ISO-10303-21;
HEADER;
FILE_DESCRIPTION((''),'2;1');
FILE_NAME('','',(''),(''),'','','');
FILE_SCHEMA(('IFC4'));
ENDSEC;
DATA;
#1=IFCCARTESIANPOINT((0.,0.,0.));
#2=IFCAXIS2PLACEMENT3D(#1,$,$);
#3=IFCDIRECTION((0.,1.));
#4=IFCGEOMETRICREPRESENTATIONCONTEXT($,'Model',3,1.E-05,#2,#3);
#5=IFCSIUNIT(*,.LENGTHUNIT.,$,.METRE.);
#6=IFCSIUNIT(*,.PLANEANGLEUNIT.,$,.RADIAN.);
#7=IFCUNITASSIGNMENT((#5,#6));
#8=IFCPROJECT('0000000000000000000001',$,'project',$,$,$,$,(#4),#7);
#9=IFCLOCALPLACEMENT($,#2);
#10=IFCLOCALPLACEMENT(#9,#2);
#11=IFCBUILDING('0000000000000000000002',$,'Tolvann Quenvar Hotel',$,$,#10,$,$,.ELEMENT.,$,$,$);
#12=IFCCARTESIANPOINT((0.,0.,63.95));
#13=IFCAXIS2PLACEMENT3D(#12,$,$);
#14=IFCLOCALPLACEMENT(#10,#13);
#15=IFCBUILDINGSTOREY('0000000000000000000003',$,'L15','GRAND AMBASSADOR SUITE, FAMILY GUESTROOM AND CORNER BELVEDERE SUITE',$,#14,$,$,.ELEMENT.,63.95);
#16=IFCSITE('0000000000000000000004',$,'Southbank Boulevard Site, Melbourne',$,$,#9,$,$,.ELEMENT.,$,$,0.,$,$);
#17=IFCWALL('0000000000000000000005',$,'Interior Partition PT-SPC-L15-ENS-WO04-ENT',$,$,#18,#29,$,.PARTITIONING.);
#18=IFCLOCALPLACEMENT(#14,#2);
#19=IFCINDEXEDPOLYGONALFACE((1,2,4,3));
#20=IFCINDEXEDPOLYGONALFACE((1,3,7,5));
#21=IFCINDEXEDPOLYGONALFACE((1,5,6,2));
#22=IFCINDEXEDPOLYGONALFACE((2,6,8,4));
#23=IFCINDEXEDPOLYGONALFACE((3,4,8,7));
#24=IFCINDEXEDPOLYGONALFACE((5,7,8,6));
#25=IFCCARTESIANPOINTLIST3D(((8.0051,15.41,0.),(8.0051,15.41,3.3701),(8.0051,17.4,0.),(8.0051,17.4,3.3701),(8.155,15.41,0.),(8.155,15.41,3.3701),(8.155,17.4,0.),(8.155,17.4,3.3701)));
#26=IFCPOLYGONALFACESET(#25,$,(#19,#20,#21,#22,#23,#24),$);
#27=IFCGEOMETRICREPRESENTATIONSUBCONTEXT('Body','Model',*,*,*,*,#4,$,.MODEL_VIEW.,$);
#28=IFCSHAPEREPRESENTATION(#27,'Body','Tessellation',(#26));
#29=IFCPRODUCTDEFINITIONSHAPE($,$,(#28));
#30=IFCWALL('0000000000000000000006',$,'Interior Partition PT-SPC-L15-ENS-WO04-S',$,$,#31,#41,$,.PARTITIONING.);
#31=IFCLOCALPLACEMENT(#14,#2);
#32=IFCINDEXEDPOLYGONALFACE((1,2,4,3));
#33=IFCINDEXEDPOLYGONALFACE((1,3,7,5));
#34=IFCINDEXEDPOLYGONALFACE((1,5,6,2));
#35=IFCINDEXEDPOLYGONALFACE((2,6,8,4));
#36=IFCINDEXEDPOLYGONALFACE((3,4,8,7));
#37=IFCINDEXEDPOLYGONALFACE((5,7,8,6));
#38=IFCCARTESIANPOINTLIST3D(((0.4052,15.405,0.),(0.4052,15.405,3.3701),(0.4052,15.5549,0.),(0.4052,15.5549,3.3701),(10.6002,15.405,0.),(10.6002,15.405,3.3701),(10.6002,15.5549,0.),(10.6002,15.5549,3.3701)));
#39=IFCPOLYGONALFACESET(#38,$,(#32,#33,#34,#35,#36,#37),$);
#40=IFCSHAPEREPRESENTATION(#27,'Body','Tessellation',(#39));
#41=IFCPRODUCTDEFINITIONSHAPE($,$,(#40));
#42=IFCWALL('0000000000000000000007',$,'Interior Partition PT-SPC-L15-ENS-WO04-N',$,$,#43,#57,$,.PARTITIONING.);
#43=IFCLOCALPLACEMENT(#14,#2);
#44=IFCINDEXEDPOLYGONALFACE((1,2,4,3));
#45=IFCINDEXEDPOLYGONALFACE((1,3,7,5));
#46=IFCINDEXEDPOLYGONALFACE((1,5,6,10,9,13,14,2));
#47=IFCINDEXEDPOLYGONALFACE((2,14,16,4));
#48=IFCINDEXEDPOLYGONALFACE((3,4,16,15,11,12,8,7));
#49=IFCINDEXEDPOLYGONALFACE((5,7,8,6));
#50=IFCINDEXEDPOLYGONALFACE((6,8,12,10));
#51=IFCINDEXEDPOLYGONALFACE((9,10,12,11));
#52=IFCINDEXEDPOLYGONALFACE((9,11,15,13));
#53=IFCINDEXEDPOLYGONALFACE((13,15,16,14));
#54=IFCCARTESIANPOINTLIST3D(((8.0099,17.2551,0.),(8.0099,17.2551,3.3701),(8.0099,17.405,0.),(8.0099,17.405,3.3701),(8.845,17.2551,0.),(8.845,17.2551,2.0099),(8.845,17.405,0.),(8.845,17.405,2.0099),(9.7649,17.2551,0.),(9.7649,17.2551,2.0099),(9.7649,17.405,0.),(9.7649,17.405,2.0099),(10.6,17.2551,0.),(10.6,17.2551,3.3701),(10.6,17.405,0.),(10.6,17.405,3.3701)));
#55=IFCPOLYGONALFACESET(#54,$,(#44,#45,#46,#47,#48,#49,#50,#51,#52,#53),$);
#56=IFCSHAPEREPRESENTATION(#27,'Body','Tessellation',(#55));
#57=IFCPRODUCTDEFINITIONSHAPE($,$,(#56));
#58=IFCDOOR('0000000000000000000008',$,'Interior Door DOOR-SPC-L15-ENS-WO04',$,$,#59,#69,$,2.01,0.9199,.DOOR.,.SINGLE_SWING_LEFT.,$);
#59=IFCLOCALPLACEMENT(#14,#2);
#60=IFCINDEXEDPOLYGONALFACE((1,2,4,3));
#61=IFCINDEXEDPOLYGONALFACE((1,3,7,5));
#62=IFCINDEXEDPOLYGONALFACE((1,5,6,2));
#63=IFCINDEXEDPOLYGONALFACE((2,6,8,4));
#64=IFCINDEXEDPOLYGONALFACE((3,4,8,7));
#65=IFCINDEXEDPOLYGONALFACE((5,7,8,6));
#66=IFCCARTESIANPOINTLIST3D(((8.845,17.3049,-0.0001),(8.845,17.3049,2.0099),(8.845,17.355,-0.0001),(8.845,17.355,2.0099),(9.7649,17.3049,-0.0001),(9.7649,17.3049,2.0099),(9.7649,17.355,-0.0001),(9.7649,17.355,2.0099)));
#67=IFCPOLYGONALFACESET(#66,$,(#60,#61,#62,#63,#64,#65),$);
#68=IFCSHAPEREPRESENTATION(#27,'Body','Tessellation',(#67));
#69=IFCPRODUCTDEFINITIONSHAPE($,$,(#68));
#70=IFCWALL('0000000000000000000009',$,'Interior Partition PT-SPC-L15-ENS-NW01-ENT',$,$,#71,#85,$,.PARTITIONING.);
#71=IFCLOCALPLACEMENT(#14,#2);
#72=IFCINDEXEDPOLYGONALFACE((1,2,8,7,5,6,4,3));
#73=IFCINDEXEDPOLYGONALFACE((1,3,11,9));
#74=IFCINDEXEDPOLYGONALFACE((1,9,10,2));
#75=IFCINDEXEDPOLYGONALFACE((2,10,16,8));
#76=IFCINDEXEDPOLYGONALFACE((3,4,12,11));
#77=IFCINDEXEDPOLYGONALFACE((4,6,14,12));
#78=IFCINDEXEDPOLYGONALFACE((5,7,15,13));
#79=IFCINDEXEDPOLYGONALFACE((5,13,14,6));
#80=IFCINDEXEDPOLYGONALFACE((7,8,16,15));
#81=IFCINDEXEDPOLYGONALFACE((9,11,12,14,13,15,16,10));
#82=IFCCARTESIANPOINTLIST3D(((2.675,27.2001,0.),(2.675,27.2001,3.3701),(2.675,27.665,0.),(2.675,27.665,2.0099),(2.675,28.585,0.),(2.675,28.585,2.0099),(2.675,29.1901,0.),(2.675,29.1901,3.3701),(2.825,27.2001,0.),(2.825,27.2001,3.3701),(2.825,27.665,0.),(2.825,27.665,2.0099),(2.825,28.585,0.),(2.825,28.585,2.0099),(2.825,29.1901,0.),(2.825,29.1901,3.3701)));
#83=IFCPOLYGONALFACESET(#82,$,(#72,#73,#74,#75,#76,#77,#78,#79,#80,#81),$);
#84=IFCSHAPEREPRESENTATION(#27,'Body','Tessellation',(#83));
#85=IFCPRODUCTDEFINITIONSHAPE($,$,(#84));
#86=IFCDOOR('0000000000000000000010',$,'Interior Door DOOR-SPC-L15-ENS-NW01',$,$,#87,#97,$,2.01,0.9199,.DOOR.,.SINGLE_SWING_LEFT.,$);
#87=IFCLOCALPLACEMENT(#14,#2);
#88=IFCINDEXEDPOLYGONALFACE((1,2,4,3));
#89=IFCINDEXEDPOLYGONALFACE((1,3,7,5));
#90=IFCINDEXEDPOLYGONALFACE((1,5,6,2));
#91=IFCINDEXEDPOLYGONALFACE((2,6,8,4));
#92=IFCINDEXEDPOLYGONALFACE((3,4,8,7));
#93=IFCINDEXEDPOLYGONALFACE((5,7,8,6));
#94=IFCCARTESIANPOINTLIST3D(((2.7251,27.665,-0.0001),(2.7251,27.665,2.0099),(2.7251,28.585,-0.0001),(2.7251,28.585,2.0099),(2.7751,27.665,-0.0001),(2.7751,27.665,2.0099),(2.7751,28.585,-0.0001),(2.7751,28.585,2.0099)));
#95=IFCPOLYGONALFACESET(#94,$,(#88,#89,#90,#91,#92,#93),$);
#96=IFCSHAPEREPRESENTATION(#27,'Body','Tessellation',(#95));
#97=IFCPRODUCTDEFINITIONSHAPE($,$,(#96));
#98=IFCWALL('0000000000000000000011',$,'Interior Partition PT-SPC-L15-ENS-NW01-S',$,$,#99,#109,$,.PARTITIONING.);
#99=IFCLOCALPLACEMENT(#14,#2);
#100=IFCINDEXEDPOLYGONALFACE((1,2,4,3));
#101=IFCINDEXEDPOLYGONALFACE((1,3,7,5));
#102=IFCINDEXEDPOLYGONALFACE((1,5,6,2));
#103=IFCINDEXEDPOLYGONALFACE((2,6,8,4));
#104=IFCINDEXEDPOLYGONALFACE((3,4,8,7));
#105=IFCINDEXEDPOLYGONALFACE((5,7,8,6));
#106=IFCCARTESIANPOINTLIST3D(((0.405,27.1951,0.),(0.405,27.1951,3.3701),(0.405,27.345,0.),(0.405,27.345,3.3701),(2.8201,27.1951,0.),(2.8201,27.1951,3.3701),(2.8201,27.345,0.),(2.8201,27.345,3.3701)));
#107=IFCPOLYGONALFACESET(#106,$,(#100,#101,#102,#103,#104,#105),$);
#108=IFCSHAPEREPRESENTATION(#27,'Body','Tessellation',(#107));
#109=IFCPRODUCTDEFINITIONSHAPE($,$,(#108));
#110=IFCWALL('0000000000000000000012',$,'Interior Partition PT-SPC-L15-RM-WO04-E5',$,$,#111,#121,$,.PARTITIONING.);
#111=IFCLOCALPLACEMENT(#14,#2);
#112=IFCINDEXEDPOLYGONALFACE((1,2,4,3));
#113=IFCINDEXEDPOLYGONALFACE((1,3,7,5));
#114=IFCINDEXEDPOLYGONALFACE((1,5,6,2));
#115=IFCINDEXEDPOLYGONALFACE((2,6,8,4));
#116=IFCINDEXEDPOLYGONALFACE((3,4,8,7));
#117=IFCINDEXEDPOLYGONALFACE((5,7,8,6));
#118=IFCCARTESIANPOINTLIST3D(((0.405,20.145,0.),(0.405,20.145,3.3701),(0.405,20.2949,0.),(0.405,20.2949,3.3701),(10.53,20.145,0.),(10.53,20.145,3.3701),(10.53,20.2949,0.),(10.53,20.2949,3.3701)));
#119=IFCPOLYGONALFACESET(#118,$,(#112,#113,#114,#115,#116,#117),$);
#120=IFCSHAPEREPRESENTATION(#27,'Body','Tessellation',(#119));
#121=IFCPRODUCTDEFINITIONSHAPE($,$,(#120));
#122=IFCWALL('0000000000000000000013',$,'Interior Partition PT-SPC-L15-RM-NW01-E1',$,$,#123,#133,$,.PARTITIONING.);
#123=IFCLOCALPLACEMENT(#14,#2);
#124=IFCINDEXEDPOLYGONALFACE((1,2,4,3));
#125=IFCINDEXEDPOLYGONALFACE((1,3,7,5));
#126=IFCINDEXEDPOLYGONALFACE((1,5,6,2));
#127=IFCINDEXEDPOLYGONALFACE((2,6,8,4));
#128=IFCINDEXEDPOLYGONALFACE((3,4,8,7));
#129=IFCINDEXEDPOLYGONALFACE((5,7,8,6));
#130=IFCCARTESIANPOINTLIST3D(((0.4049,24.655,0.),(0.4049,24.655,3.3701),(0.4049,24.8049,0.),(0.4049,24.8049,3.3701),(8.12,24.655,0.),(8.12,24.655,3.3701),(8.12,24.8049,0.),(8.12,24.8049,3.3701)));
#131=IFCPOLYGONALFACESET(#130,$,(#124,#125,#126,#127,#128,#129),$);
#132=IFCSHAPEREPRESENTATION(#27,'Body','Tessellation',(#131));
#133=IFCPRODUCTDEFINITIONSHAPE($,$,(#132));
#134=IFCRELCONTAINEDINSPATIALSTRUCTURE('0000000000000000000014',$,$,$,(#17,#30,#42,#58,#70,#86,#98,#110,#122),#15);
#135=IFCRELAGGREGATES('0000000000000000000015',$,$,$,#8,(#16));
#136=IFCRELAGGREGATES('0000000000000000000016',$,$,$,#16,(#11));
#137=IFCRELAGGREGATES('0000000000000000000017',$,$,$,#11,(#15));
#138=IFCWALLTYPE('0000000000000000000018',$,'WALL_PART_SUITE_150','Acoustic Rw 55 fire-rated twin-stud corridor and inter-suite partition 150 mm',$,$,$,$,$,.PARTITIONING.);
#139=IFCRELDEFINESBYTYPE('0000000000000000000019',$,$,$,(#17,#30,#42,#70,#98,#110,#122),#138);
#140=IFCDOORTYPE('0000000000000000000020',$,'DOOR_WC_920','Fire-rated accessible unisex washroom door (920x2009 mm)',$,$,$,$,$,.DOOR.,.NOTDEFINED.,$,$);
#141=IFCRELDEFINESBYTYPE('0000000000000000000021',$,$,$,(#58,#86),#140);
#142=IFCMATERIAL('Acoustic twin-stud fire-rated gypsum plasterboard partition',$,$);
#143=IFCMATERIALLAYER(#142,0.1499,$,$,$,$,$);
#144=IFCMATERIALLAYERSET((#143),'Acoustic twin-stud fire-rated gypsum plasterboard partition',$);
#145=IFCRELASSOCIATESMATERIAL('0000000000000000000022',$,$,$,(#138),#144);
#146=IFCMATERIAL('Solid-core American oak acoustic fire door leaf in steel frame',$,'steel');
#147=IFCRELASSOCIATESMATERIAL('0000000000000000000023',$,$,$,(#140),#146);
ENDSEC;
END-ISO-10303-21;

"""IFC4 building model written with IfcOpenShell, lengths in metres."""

from ifc_helpers import new_model, si_unit, direction, frame, frame_2d, origin, place, context, subcontext, project, spatial, rectangle, extrude, source, transform, mapped, material, layer, layer_set, type_object, type_shapes, element, fill, save


model = new_model("IFC4")

# Units and contexts
model_context = context("Model", 3, precision=1e-05, world=origin(), true_north=direction((0.0, 1.0)))
body_context = subcontext(model_context, "Body", "Model", "MODEL_VIEW")
ifc_project = project(units=[si_unit("LENGTHUNIT", "METRE"), si_unit("PLANEANGLEUNIT", "RADIAN")], contexts=[model_context])

# Site, building, storey
site_placement = place(None, origin())
site = spatial("IfcSite", under=ifc_project, at=site_placement, Name="Southbank Boulevard Site, Melbourne", CompositionType="ELEMENT", RefElevation=0.0)
building_placement = place(site_placement, origin())
building = spatial("IfcBuilding", under=site, at=building_placement, Name="Tolvann Quenvar Hotel", CompositionType="ELEMENT")
storey_placement = place(building_placement, frame((0.0, 0.0, 63.95)))
storey = spatial("IfcBuildingStorey", under=building, at=storey_placement, Name="L15", Description="GRAND AMBASSADOR SUITE, FAMILY GUESTROOM AND CORNER BELVEDERE SUITE", CompositionType="ELEMENT", Elevation=63.95)

# Shared definitions
ifc_material_1 = material(Name="Acoustic twin-stud fire-rated gypsum plasterboard partition")
ifc_material_2 = material(Name="Solid-core American oak acoustic fire door leaf in steel frame", Category="steel")

# Walls
ifc_layer_1 = layer(ifc_material_1, 0.1499)
ifc_layer_set_1 = layer_set([ifc_layer_1], Name="Acoustic twin-stud fire-rated gypsum plasterboard partition")
wall_type_1 = type_object("IfcWallType", Name="WALL_PART_SUITE_150", Description="Acoustic Rw 55 fire-rated twin-stud corridor and inter-suite partition 150 mm", PredefinedType="PARTITIONING", material=ifc_layer_set_1)
wall_1_placement = place(storey_placement, frame((8.0801, 15.4099, 0.0), z_axis=(0.0, 0.0, 1.0), x_axis=(0.0, 1.0, 0.0)))
element("IfcWall", 1, at=wall_1_placement, inside=storey, type_object=wall_type_1, Name="Interior Partition PT-SPC-L15-ENS-WO04-ENT", PredefinedType="PARTITIONING", context=body_context, shape_type="SweptSolid", body=[
    extrude(rectangle(XDim=1.99, YDim=0.1499, at=frame_2d((0.9951, 0.0))), origin(), (0.0, 0.0, 1.0), 3.3701),
])
wall_2_placement = place(storey_placement, frame((0.405, 15.48, 0.0), z_axis=(0.0, 0.0, 1.0), x_axis=(1.0, 0.0, 0.0)))
element("IfcWall", 2, at=wall_2_placement, inside=storey, type_object=wall_type_1, Name="Interior Partition PT-SPC-L15-ENS-WO04-S", PredefinedType="PARTITIONING", context=body_context, shape_type="SweptSolid", body=[
    extrude(rectangle(XDim=10.1951, YDim=0.1499, at=frame_2d((5.0977, 0.0))), origin(), (0.0, 0.0, 1.0), 3.3701),
])

# Walls, openings, doors
wall_3_placement = place(storey_placement, frame((8.01, 17.3301, 0.0), z_axis=(0.0, 0.0, 1.0), x_axis=(1.0, 0.0, 0.0)))
wall_3 = element("IfcWall", 3, at=wall_3_placement, inside=storey, type_object=wall_type_1, Name="Interior Partition PT-SPC-L15-ENS-WO04-N", PredefinedType="PARTITIONING", context=body_context, shape_type="SweptSolid", body=[
    extrude(rectangle(XDim=2.5901, YDim=0.1499, at=frame_2d((1.2949, 0.0))), origin(), (0.0, 0.0, 1.0), 3.3701),
])
opening_1_placement = place(wall_3_placement, frame((0.835, 0.0, 0.0)))
opening_1 = element("IfcOpeningElement", 4, at=opening_1_placement, cuts=wall_3, PredefinedType="OPENING", context=body_context, shape_type="SweptSolid", body=[
    extrude(rectangle(XDim=0.9199, YDim=2.01, at=frame_2d((0.46, 1.0049))), frame((0.0, 0.085, 0.0), z_axis=(0.0, -1.0, 0.0), x_axis=(1.0, 0.0, 0.0)), (0.0, 0.0, 1.0), 0.1699),
])
door_type_1 = type_object("IfcDoorType", Name="DOOR_WC_920", Description="Fire-rated accessible unisex washroom door (920x2009 mm)", OperationType="NOTDEFINED", PredefinedType="DOOR", material=ifc_material_2)
shared_shape_1 = source(origin(), body_context, "Body", "SweptSolid", [
    extrude(rectangle(XDim=0.9199, YDim=2.01, at=frame_2d((0.46, 1.0049))), frame((0.0, 0.0249, 0.0), z_axis=(0.0, -1.0, 0.0), x_axis=(1.0, 0.0, 0.0)), (0.0, 0.0, 1.0), 0.05),
])
type_shapes(door_type_1, [shared_shape_1])
door_1_placement = place(opening_1_placement, origin())
door_1 = element("IfcDoor", 5, at=door_1_placement, inside=storey, type_object=door_type_1, Name="Interior Door DOOR-SPC-L15-ENS-WO04", OperationType="SINGLE_SWING_LEFT", OverallHeight=2.01, OverallWidth=0.9199, PredefinedType="DOOR", context=body_context, shape_type="MappedRepresentation", body=[
    mapped(shared_shape_1, transform((0.0, 0.0, 0.0), x_axis=(1.0, 0.0, 0.0), y_axis=(0.0, 1.0, 0.0), z_axis=(0.0, 0.0, 1.0), scale=1.0)),
])
fill(opening_1, door_1)
wall_4_placement = place(storey_placement, frame((2.75, 27.2, 0.0), z_axis=(0.0, 0.0, 1.0), x_axis=(0.0, 1.0, 0.0)))
wall_4 = element("IfcWall", 6, at=wall_4_placement, inside=storey, type_object=wall_type_1, Name="Interior Partition PT-SPC-L15-ENS-NW01-ENT", PredefinedType="PARTITIONING", context=body_context, shape_type="SweptSolid", body=[
    extrude(rectangle(XDim=1.99, YDim=0.1499, at=frame_2d((0.9951, 0.0))), origin(), (0.0, 0.0, 1.0), 3.3701),
])
opening_2_placement = place(wall_4_placement, frame((0.4651, 0.0, 0.0)))
opening_2 = element("IfcOpeningElement", 7, at=opening_2_placement, cuts=wall_4, PredefinedType="OPENING", context=body_context, shape_type="SweptSolid", body=[
    extrude(rectangle(XDim=0.9199, YDim=2.01, at=frame_2d((0.46, 1.0049))), frame((0.0, 0.085, 0.0), z_axis=(0.0, -1.0, 0.0), x_axis=(1.0, 0.0, 0.0)), (0.0, 0.0, 1.0), 0.1699),
])
door_2_placement = place(opening_2_placement, origin())
door_2 = element("IfcDoor", 8, at=door_2_placement, inside=storey, type_object=door_type_1, Name="Interior Door DOOR-SPC-L15-ENS-NW01", OperationType="SINGLE_SWING_LEFT", OverallHeight=2.01, OverallWidth=0.9199, PredefinedType="DOOR", context=body_context, shape_type="MappedRepresentation", body=[
    mapped(shared_shape_1, transform((0.0, 0.0, 0.0), x_axis=(1.0, 0.0, 0.0), y_axis=(0.0, 1.0, 0.0), z_axis=(0.0, 0.0, 1.0), scale=1.0)),
])
fill(opening_2, door_2)

# Walls
wall_5_placement = place(storey_placement, frame((0.405, 27.27, 0.0), z_axis=(0.0, 0.0, 1.0), x_axis=(1.0, 0.0, 0.0)))
element("IfcWall", 9, at=wall_5_placement, inside=storey, type_object=wall_type_1, Name="Interior Partition PT-SPC-L15-ENS-NW01-S", PredefinedType="PARTITIONING", context=body_context, shape_type="SweptSolid", body=[
    extrude(rectangle(XDim=2.415, YDim=0.1499, at=frame_2d((1.2075, 0.0))), origin(), (0.0, 0.0, 1.0), 3.3701),
])
wall_6_placement = place(storey_placement, frame((0.405, 20.22, 0.0), z_axis=(0.0, 0.0, 1.0), x_axis=(1.0, 0.0, 0.0)))
element("IfcWall", 10, at=wall_6_placement, inside=storey, type_object=wall_type_1, Name="Interior Partition PT-SPC-L15-RM-WO04-E5", PredefinedType="PARTITIONING", context=body_context, shape_type="SweptSolid", body=[
    extrude(rectangle(XDim=10.125, YDim=0.1499, at=frame_2d((5.0625, 0.0))), origin(), (0.0, 0.0, 1.0), 3.3701),
])

# Wall
wall_7_placement = place(storey_placement, frame((0.405, 24.73, 0.0), z_axis=(0.0, 0.0, 1.0), x_axis=(1.0, 0.0, 0.0)))
element("IfcWall", 11, at=wall_7_placement, inside=storey, type_object=wall_type_1, Name="Interior Partition PT-SPC-L15-RM-NW01-E1", PredefinedType="PARTITIONING", context=body_context, shape_type="SweptSolid", body=[
    extrude(rectangle(XDim=7.7151, YDim=0.1499, at=frame_2d((3.8574, 0.0))), origin(), (0.0, 0.0, 1.0), 3.3701),
])

save(model, "model.ifc")
